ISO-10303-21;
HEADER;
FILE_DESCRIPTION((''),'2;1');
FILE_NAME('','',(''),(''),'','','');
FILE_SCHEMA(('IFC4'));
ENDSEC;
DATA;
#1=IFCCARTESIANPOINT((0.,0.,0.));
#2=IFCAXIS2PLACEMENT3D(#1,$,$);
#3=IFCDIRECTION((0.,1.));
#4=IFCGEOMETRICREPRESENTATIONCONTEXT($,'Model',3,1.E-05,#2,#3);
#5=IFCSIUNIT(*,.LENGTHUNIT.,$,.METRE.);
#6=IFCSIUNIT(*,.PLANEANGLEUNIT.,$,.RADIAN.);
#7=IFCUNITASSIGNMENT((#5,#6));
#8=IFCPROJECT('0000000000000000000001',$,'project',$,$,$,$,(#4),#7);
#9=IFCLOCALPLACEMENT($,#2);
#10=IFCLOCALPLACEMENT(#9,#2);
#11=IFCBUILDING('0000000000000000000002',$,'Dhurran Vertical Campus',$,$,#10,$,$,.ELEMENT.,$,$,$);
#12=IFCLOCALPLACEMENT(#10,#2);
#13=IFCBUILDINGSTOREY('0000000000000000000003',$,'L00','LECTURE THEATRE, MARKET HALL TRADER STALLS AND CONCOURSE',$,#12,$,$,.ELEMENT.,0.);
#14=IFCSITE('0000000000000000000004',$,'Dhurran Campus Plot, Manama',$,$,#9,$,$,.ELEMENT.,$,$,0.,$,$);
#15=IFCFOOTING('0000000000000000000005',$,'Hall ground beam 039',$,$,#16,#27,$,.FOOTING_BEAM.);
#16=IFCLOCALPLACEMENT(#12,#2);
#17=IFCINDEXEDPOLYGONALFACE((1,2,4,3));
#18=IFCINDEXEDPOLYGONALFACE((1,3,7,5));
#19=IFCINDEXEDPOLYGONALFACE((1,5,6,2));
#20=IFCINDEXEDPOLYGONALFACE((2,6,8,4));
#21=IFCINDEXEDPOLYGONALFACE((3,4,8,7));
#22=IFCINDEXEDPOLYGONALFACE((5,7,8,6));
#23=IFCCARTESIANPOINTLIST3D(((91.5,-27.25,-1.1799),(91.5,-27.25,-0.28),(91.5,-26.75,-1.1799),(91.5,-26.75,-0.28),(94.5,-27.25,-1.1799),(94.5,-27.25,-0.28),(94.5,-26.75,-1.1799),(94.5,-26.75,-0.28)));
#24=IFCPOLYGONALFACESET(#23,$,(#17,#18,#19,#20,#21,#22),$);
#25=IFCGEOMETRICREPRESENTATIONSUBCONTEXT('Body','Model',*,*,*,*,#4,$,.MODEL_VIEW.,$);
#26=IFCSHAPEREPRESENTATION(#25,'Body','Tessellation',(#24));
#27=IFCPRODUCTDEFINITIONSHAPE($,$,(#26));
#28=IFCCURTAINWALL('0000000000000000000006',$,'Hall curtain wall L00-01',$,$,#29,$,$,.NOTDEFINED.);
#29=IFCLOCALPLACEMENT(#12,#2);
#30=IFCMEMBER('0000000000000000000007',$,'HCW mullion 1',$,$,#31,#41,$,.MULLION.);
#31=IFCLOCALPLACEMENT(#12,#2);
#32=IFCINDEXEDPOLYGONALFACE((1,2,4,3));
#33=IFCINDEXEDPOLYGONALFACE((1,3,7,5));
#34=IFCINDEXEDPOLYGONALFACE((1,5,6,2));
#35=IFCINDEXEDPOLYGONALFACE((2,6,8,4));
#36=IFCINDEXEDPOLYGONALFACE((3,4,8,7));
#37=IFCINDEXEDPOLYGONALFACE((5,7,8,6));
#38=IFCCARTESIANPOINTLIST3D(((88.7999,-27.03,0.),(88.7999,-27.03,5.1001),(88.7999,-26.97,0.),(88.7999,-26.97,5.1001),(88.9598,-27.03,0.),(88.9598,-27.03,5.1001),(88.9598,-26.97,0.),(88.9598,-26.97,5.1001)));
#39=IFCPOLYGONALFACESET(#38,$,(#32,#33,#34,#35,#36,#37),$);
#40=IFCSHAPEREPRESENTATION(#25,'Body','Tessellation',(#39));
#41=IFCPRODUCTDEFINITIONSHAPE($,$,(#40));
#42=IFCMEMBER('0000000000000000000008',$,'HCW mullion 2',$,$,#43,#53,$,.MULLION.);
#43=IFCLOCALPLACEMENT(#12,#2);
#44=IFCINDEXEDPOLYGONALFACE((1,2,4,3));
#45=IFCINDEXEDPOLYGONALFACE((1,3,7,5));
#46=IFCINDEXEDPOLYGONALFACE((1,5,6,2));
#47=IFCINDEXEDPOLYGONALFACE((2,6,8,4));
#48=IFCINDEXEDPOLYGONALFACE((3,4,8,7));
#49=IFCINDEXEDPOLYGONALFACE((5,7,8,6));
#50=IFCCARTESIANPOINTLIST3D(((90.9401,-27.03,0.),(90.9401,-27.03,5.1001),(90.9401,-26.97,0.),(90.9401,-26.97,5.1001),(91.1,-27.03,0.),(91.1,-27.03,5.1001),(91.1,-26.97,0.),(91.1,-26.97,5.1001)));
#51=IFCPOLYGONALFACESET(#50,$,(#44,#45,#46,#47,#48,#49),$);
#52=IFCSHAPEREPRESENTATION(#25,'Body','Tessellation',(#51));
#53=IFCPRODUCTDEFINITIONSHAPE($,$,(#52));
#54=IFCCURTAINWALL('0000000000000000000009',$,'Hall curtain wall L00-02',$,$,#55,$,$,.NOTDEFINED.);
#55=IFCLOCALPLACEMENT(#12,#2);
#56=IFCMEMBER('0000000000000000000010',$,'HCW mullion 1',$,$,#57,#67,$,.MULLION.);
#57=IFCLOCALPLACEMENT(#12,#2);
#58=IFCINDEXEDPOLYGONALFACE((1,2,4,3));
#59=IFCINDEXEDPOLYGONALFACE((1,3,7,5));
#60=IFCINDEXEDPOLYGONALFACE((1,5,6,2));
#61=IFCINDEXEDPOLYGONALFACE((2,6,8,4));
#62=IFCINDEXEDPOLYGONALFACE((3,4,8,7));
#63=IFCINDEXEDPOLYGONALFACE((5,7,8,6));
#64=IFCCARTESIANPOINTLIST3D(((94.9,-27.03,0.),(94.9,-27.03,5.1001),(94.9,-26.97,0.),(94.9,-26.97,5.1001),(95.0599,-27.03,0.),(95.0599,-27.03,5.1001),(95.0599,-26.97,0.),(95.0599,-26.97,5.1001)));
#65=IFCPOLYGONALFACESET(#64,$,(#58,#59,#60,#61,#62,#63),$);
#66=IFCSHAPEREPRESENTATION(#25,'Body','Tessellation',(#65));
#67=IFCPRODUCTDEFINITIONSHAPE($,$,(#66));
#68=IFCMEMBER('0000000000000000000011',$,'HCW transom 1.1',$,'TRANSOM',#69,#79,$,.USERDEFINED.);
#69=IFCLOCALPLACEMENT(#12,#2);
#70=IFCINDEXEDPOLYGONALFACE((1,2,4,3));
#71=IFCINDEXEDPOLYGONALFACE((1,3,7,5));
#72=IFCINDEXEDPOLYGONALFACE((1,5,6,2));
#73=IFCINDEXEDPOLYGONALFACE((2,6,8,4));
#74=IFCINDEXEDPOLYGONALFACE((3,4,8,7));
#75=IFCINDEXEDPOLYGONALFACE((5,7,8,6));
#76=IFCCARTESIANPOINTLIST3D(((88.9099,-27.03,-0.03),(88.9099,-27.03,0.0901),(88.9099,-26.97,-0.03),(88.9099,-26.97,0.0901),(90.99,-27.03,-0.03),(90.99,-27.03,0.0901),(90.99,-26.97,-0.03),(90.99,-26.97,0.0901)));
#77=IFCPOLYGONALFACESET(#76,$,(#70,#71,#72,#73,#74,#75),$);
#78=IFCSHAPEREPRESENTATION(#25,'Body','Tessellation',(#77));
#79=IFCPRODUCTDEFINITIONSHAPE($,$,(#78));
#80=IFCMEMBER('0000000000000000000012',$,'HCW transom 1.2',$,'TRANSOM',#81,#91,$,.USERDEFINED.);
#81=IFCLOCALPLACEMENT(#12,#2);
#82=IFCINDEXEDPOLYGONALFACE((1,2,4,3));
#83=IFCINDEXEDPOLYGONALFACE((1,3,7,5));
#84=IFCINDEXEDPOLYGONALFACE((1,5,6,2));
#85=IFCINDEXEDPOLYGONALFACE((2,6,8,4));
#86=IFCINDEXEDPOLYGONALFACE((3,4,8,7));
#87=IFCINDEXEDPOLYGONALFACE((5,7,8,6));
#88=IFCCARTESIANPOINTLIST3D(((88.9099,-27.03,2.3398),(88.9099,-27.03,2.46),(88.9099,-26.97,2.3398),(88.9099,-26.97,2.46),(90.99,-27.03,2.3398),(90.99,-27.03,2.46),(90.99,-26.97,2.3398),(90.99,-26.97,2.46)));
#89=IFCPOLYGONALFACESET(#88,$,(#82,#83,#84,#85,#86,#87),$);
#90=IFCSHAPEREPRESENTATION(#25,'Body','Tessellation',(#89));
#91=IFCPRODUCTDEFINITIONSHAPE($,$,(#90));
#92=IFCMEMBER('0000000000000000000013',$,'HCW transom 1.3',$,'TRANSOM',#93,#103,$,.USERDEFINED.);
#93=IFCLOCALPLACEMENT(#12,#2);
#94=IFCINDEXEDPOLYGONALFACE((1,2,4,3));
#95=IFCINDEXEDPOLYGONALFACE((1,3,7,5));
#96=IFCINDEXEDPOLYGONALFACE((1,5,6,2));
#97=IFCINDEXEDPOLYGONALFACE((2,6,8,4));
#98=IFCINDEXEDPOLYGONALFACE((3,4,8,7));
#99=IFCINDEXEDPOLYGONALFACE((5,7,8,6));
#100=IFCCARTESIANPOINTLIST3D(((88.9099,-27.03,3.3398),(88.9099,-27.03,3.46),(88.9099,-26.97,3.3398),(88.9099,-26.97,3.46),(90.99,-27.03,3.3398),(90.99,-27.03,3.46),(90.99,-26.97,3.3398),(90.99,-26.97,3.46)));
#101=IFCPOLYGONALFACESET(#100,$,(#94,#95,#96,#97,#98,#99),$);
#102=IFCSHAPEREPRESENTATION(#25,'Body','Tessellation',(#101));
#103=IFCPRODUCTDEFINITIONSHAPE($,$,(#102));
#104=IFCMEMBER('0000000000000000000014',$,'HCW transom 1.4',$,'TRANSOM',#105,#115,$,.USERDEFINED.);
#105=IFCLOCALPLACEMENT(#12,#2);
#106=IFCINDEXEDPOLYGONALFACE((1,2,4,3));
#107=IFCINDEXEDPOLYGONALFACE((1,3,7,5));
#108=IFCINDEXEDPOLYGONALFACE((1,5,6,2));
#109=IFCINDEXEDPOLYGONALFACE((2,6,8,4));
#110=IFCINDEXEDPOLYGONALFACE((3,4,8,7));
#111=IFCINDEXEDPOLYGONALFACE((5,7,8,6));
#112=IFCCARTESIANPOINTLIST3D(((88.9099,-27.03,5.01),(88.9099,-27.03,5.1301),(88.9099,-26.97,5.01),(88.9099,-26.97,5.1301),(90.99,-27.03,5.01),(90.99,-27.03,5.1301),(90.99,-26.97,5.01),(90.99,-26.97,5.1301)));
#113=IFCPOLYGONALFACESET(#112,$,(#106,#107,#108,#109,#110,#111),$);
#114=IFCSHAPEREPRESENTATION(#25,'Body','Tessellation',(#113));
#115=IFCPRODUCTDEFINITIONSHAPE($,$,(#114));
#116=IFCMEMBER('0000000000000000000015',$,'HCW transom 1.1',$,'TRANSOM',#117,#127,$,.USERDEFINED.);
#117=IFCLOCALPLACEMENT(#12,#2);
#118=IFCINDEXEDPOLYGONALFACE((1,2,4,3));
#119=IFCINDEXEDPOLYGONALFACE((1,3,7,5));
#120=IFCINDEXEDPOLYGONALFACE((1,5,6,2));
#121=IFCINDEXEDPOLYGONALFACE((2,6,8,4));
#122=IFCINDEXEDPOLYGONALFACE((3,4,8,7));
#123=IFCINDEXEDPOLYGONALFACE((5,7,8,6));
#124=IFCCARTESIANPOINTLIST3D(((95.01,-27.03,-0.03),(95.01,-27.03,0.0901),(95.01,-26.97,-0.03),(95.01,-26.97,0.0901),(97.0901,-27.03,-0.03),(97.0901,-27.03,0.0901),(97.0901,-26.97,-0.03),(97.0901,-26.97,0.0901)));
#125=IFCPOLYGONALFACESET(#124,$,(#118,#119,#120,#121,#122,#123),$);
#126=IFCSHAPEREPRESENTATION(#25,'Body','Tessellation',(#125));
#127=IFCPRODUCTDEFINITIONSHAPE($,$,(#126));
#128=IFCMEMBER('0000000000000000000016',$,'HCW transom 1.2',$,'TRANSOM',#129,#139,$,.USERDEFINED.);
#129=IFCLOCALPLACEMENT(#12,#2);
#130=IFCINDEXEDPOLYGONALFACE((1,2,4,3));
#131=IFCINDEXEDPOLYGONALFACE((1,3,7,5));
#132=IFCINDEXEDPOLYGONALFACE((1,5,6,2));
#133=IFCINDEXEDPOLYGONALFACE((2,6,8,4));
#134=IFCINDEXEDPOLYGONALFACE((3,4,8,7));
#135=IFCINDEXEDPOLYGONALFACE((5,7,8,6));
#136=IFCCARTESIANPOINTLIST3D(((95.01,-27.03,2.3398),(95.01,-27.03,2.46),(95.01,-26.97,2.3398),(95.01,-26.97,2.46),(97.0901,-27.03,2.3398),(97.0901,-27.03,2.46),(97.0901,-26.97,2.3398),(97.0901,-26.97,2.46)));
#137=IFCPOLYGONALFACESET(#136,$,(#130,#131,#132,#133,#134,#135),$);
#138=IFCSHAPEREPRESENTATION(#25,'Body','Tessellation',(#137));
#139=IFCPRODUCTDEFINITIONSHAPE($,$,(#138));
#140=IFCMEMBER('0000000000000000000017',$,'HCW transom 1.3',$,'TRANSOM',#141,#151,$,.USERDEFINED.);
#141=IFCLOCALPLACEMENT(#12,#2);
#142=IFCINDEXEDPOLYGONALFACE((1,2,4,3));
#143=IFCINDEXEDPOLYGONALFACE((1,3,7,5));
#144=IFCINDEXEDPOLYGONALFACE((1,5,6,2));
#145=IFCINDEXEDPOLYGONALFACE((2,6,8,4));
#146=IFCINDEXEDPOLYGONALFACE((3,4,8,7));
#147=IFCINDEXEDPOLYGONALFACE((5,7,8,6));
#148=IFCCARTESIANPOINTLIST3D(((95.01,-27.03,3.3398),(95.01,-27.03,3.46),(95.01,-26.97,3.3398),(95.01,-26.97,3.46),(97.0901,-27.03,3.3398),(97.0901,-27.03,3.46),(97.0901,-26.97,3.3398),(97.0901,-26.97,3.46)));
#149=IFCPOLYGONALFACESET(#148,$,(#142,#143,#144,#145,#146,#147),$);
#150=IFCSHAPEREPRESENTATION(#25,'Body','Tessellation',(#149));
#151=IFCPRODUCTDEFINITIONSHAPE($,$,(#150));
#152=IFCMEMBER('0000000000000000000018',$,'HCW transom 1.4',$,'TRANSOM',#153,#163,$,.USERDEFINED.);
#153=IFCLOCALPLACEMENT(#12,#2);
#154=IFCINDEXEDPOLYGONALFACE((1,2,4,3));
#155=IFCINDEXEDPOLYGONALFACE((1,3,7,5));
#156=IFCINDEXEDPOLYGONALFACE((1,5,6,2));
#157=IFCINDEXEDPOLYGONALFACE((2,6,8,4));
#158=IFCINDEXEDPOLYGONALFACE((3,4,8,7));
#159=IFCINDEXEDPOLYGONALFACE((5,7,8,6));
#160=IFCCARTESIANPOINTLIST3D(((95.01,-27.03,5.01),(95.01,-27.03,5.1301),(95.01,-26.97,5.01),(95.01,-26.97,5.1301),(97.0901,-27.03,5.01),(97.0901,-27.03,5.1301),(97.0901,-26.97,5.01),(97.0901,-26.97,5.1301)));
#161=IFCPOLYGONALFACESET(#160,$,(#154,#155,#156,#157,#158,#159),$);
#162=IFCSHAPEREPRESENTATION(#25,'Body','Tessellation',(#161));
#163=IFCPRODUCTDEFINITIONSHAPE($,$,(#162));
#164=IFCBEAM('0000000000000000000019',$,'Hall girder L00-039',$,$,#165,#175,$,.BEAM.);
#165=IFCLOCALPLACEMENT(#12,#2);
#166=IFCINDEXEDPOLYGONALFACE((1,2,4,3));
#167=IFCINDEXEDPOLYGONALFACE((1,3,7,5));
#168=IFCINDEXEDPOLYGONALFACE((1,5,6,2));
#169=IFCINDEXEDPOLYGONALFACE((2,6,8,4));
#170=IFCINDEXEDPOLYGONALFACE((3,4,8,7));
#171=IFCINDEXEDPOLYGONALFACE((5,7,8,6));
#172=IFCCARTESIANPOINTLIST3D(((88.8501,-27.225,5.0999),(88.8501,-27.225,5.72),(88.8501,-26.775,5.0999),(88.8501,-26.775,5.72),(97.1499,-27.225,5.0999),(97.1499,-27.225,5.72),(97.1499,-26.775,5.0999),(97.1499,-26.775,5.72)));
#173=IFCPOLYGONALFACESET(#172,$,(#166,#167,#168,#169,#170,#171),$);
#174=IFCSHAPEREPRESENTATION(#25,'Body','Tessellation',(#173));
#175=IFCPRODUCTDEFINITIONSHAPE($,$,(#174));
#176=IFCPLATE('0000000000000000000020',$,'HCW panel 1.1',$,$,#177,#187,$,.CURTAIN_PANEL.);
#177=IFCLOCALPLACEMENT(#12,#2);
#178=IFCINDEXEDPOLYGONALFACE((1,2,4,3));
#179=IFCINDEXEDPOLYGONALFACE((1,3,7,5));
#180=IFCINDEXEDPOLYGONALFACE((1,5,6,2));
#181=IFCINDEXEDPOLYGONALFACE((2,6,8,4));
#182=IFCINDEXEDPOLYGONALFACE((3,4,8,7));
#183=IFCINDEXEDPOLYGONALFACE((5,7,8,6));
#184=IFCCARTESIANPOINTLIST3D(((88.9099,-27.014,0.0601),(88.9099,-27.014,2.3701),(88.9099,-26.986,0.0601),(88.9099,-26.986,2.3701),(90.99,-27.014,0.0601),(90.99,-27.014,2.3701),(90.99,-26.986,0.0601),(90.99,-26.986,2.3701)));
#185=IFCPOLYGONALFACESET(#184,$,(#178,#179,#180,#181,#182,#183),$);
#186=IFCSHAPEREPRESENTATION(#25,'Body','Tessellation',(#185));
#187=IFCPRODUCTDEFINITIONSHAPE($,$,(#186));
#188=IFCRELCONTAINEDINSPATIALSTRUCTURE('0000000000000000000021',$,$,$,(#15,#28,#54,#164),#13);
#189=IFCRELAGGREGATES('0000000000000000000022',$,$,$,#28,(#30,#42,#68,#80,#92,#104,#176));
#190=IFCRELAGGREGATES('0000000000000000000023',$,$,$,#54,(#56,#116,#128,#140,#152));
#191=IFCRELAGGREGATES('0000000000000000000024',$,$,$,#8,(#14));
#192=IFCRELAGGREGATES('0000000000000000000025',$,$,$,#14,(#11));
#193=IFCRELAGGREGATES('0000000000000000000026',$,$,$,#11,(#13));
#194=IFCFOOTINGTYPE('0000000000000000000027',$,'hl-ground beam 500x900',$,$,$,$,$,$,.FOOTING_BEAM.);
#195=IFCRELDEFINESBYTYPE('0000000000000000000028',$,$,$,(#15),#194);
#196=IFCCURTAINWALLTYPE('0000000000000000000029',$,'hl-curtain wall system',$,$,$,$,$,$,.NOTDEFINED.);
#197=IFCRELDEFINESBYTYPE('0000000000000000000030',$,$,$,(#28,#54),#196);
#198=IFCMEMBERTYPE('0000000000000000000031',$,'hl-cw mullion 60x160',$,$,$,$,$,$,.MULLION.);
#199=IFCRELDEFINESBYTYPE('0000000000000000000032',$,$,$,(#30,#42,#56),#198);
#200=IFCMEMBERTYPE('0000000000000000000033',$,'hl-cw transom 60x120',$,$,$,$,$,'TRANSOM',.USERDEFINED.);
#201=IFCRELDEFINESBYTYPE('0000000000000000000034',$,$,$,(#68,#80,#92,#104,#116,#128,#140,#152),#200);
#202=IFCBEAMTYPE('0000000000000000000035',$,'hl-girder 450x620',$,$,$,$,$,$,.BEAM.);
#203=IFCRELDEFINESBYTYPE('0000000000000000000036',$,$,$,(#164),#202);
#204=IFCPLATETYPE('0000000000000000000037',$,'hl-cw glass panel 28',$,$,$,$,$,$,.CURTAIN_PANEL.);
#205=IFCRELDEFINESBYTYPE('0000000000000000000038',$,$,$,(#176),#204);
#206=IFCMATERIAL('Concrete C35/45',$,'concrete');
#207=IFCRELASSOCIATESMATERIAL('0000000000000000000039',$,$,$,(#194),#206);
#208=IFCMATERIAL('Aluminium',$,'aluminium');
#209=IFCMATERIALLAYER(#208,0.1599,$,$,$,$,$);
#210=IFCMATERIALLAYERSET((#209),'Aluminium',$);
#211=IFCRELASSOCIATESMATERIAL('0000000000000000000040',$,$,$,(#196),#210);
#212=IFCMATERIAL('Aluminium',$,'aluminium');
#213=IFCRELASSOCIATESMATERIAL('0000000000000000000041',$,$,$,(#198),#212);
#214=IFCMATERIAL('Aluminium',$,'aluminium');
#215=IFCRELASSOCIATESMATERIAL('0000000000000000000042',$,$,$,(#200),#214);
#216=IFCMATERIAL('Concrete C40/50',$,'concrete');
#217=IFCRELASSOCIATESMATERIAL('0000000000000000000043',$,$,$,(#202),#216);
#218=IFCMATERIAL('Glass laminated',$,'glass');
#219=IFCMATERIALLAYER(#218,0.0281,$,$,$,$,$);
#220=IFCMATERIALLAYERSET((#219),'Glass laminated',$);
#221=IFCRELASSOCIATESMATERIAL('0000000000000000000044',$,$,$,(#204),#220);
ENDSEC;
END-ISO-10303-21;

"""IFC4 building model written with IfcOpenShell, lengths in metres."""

from ifc_helpers import new_model, si_unit, direction, frame, origin, origin_2d, place, context, subcontext, project, spatial, rectangle, extrude, material, layer, layer_set, material_profile, profile_set, type_object, element, aggregate, save


model = new_model("IFC4")

# Units and contexts
model_context = context("Model", 3, precision=1e-05, world=origin(), true_north=direction((0.0, 1.0)))
body_context = subcontext(model_context, "Body", "Model", "MODEL_VIEW")
ifc_project = project(units=[si_unit("LENGTHUNIT", "METRE"), si_unit("PLANEANGLEUNIT", "RADIAN")], contexts=[model_context])

# Site, building, storey
site_placement = place(None, origin())
site = spatial("IfcSite", under=ifc_project, at=site_placement, Name="Dhurran Campus Plot, Manama", CompositionType="ELEMENT", RefElevation=0.0)
building_placement = place(site_placement, origin())
building = spatial("IfcBuilding", under=site, at=building_placement, Name="Dhurran Vertical Campus", CompositionType="ELEMENT")
storey_placement = place(building_placement, origin())
storey = spatial("IfcBuildingStorey", under=building, at=storey_placement, Name="L00", Description="LECTURE THEATRE, MARKET HALL TRADER STALLS AND CONCOURSE", CompositionType="ELEMENT", Elevation=0.0)

# Footing
ifc_material_1 = material(Name="Concrete C35/45", Category="concrete")
ifc_material_profile_1 = material_profile(ifc_material_1, rectangle(XDim=0.5, YDim=0.8999, at=origin_2d()), Name="hl-ground beam 500x900")
ifc_profile_set_1 = profile_set([ifc_material_profile_1], Name="Concrete C35/45")
footing_type = type_object("IfcFootingType", Name="hl-ground beam 500x900", PredefinedType="FOOTING_BEAM", material=ifc_profile_set_1)
footing_placement = place(storey_placement, frame((91.5, -27.0, -0.73), z_axis=(1.0, 0.0, 0.0), x_axis=(0.0, 1.0, 0.0)))
element("IfcFooting", 1, at=footing_placement, inside=storey, type_object=footing_type, Name="Hall ground beam 039", PredefinedType="FOOTING_BEAM", context=body_context, shape_type="SweptSolid", body=[
    extrude(rectangle(XDim=0.5, YDim=0.8999, at=origin_2d()), origin(), (0.0, 0.0, 1.0), 3.0),
])

# Curtain wall, members
ifc_material_2 = material(Name="Aluminium", Category="aluminium")
ifc_layer_1 = layer(ifc_material_2, 0.1599)
ifc_layer_set_1 = layer_set([ifc_layer_1], Name="Aluminium")
curtain_wall_type = type_object("IfcCurtainWallType", Name="hl-curtain wall system", PredefinedType="NOTDEFINED", material=ifc_layer_set_1)
curtain_wall_1_placement = place(storey_placement, origin())
curtain_wall_1 = element("IfcCurtainWall", 2, at=curtain_wall_1_placement, inside=storey, type_object=curtain_wall_type, Name="Hall curtain wall L00-01", PredefinedType="NOTDEFINED")
ifc_material_3 = material(Name="Aluminium", Category="aluminium")
ifc_material_profile_2 = material_profile(ifc_material_3, rectangle(XDim=0.0601, YDim=0.1599, at=origin_2d()), Name="hl-cw mullion 60x160")
ifc_profile_set_2 = profile_set([ifc_material_profile_2], Name="Aluminium")
member_type_1 = type_object("IfcMemberType", Name="hl-cw mullion 60x160", PredefinedType="MULLION", material=ifc_profile_set_2)
member_1_placement = place(storey_placement, frame((88.8799, -27.0, 0.0), z_axis=(0.0, 0.0, 1.0), x_axis=(0.0, 1.0, 0.0)))
member_1 = element("IfcMember", 3, at=member_1_placement, type_object=member_type_1, Name="HCW mullion 1", PredefinedType="MULLION", context=body_context, shape_type="SweptSolid", body=[
    extrude(rectangle(XDim=0.0601, YDim=0.1599, at=origin_2d()), origin(), (0.0, 0.0, 1.0), 5.1001),
])
member_2_placement = place(storey_placement, frame((91.02, -27.0, 0.0), z_axis=(0.0, 0.0, 1.0), x_axis=(0.0, 1.0, 0.0)))
member_2 = element("IfcMember", 4, at=member_2_placement, type_object=member_type_1, Name="HCW mullion 2", PredefinedType="MULLION", context=body_context, shape_type="SweptSolid", body=[
    extrude(rectangle(XDim=0.0601, YDim=0.1599, at=origin_2d()), origin(), (0.0, 0.0, 1.0), 5.1001),
])

# Curtain wall, member
curtain_wall_2_placement = place(storey_placement, origin())
curtain_wall_2 = element("IfcCurtainWall", 5, at=curtain_wall_2_placement, inside=storey, type_object=curtain_wall_type, Name="Hall curtain wall L00-02", PredefinedType="NOTDEFINED")
member_3_placement = place(storey_placement, frame((94.98, -27.0, 0.0), z_axis=(0.0, 0.0, 1.0), x_axis=(0.0, 1.0, 0.0)))
member_3 = element("IfcMember", 6, at=member_3_placement, type_object=member_type_1, Name="HCW mullion 1", PredefinedType="MULLION", context=body_context, shape_type="SweptSolid", body=[
    extrude(rectangle(XDim=0.0601, YDim=0.1599, at=origin_2d()), origin(), (0.0, 0.0, 1.0), 5.1001),
])

# Members
ifc_material_4 = material(Name="Aluminium", Category="aluminium")
ifc_material_profile_3 = material_profile(ifc_material_4, rectangle(XDim=0.0601, YDim=0.1201, at=origin_2d()), Name="hl-cw transom 60x120")
ifc_profile_set_3 = profile_set([ifc_material_profile_3], Name="Aluminium")
member_type_2 = type_object("IfcMemberType", Name="hl-cw transom 60x120", ElementType="TRANSOM", PredefinedType="USERDEFINED", material=ifc_profile_set_3)
member_4_placement = place(storey_placement, frame((88.9099, -27.0, 0.03), z_axis=(1.0, 0.0, 0.0), x_axis=(0.0, 1.0, 0.0)))
member_4 = element("IfcMember", 7, at=member_4_placement, type_object=member_type_2, Name="HCW transom 1.1", ObjectType="TRANSOM", PredefinedType="USERDEFINED", context=body_context, shape_type="SweptSolid", body=[
    extrude(rectangle(XDim=0.0601, YDim=0.1201, at=origin_2d()), origin(), (0.0, 0.0, 1.0), 2.0801),
])
member_5_placement = place(storey_placement, frame((88.9099, -27.0, 2.3999), z_axis=(1.0, 0.0, 0.0), x_axis=(0.0, 1.0, 0.0)))
member_5 = element("IfcMember", 8, at=member_5_placement, type_object=member_type_2, Name="HCW transom 1.2", ObjectType="TRANSOM", PredefinedType="USERDEFINED", context=body_context, shape_type="SweptSolid", body=[
    extrude(rectangle(XDim=0.0601, YDim=0.1201, at=origin_2d()), origin(), (0.0, 0.0, 1.0), 2.0801),
])
member_6_placement = place(storey_placement, frame((88.9099, -27.0, 3.3999), z_axis=(1.0, 0.0, 0.0), x_axis=(0.0, 1.0, 0.0)))
member_6 = element("IfcMember", 9, at=member_6_placement, type_object=member_type_2, Name="HCW transom 1.3", ObjectType="TRANSOM", PredefinedType="USERDEFINED", context=body_context, shape_type="SweptSolid", body=[
    extrude(rectangle(XDim=0.0601, YDim=0.1201, at=origin_2d()), origin(), (0.0, 0.0, 1.0), 2.0801),
])
member_7_placement = place(storey_placement, frame((88.9099, -27.0, 5.0701), z_axis=(1.0, 0.0, 0.0), x_axis=(0.0, 1.0, 0.0)))
member_7 = element("IfcMember", 10, at=member_7_placement, type_object=member_type_2, Name="HCW transom 1.4", ObjectType="TRANSOM", PredefinedType="USERDEFINED", context=body_context, shape_type="SweptSolid", body=[
    extrude(rectangle(XDim=0.0601, YDim=0.1201, at=origin_2d()), origin(), (0.0, 0.0, 1.0), 2.0801),
])
member_8_placement = place(storey_placement, frame((95.01, -27.0, 0.03), z_axis=(1.0, 0.0, 0.0), x_axis=(0.0, 1.0, 0.0)))
member_8 = element("IfcMember", 11, at=member_8_placement, type_object=member_type_2, Name="HCW transom 1.1", ObjectType="TRANSOM", PredefinedType="USERDEFINED", context=body_context, shape_type="SweptSolid", body=[
    extrude(rectangle(XDim=0.0601, YDim=0.1201, at=origin_2d()), origin(), (0.0, 0.0, 1.0), 2.0801),
])
member_9_placement = place(storey_placement, frame((95.01, -27.0, 2.3999), z_axis=(1.0, 0.0, 0.0), x_axis=(0.0, 1.0, 0.0)))
member_9 = element("IfcMember", 12, at=member_9_placement, type_object=member_type_2, Name="HCW transom 1.2", ObjectType="TRANSOM", PredefinedType="USERDEFINED", context=body_context, shape_type="SweptSolid", body=[
    extrude(rectangle(XDim=0.0601, YDim=0.1201, at=origin_2d()), origin(), (0.0, 0.0, 1.0), 2.0801),
])
member_10_placement = place(storey_placement, frame((95.01, -27.0, 3.3999), z_axis=(1.0, 0.0, 0.0), x_axis=(0.0, 1.0, 0.0)))
member_10 = element("IfcMember", 13, at=member_10_placement, type_object=member_type_2, Name="HCW transom 1.3", ObjectType="TRANSOM", PredefinedType="USERDEFINED", context=body_context, shape_type="SweptSolid", body=[
    extrude(rectangle(XDim=0.0601, YDim=0.1201, at=origin_2d()), origin(), (0.0, 0.0, 1.0), 2.0801),
])
member_11_placement = place(storey_placement, frame((95.01, -27.0, 5.0701), z_axis=(1.0, 0.0, 0.0), x_axis=(0.0, 1.0, 0.0)))
member_11 = element("IfcMember", 14, at=member_11_placement, type_object=member_type_2, Name="HCW transom 1.4", ObjectType="TRANSOM", PredefinedType="USERDEFINED", context=body_context, shape_type="SweptSolid", body=[
    extrude(rectangle(XDim=0.0601, YDim=0.1201, at=origin_2d()), origin(), (0.0, 0.0, 1.0), 2.0801),
])

# Beam
ifc_material_5 = material(Name="Concrete C40/50", Category="concrete")
ifc_material_profile_4 = material_profile(ifc_material_5, rectangle(XDim=0.45, YDim=0.6201, at=origin_2d()), Name="hl-girder 450x620")
ifc_profile_set_4 = profile_set([ifc_material_profile_4], Name="Concrete C40/50")
beam_type = type_object("IfcBeamType", Name="hl-girder 450x620", PredefinedType="BEAM", material=ifc_profile_set_4)
beam_placement = place(storey_placement, frame((88.8501, -27.0, 5.4099), z_axis=(1.0, 0.0, 0.0), x_axis=(0.0, 1.0, 0.0)))
element("IfcBeam", 15, at=beam_placement, inside=storey, type_object=beam_type, Name="Hall girder L00-039", PredefinedType="BEAM", context=body_context, shape_type="SweptSolid", body=[
    extrude(rectangle(XDim=0.45, YDim=0.6201, at=origin_2d()), origin(), (0.0, 0.0, 1.0), 8.2998),
])

# Plate
ifc_material_6 = material(Name="Glass laminated", Category="glass")
ifc_layer_2 = layer(ifc_material_6, 0.0281)
ifc_layer_set_2 = layer_set([ifc_layer_2], Name="Glass laminated")
plate_type = type_object("IfcPlateType", Name="hl-cw glass panel 28", PredefinedType="CURTAIN_PANEL", material=ifc_layer_set_2)
plate_1_placement = place(storey_placement, frame((89.95, -27.0, 0.0601), z_axis=(0.0, 0.0, 1.0), x_axis=(1.0, 0.0, 0.0)))
plate_1 = element("IfcPlate", 16, at=plate_1_placement, type_object=plate_type, Name="HCW panel 1.1", PredefinedType="CURTAIN_PANEL", context=body_context, shape_type="SweptSolid", body=[
    extrude(rectangle(XDim=2.0801, YDim=0.0281, at=origin_2d()), origin(), (0.0, 0.0, 1.0), 2.3101),
])
aggregate(curtain_wall_1, [member_1, member_2, member_4, member_5, member_6, member_7, plate_1])
aggregate(curtain_wall_2, [member_3, member_8, member_9, member_10, member_11])

save(model, "model.ifc")
